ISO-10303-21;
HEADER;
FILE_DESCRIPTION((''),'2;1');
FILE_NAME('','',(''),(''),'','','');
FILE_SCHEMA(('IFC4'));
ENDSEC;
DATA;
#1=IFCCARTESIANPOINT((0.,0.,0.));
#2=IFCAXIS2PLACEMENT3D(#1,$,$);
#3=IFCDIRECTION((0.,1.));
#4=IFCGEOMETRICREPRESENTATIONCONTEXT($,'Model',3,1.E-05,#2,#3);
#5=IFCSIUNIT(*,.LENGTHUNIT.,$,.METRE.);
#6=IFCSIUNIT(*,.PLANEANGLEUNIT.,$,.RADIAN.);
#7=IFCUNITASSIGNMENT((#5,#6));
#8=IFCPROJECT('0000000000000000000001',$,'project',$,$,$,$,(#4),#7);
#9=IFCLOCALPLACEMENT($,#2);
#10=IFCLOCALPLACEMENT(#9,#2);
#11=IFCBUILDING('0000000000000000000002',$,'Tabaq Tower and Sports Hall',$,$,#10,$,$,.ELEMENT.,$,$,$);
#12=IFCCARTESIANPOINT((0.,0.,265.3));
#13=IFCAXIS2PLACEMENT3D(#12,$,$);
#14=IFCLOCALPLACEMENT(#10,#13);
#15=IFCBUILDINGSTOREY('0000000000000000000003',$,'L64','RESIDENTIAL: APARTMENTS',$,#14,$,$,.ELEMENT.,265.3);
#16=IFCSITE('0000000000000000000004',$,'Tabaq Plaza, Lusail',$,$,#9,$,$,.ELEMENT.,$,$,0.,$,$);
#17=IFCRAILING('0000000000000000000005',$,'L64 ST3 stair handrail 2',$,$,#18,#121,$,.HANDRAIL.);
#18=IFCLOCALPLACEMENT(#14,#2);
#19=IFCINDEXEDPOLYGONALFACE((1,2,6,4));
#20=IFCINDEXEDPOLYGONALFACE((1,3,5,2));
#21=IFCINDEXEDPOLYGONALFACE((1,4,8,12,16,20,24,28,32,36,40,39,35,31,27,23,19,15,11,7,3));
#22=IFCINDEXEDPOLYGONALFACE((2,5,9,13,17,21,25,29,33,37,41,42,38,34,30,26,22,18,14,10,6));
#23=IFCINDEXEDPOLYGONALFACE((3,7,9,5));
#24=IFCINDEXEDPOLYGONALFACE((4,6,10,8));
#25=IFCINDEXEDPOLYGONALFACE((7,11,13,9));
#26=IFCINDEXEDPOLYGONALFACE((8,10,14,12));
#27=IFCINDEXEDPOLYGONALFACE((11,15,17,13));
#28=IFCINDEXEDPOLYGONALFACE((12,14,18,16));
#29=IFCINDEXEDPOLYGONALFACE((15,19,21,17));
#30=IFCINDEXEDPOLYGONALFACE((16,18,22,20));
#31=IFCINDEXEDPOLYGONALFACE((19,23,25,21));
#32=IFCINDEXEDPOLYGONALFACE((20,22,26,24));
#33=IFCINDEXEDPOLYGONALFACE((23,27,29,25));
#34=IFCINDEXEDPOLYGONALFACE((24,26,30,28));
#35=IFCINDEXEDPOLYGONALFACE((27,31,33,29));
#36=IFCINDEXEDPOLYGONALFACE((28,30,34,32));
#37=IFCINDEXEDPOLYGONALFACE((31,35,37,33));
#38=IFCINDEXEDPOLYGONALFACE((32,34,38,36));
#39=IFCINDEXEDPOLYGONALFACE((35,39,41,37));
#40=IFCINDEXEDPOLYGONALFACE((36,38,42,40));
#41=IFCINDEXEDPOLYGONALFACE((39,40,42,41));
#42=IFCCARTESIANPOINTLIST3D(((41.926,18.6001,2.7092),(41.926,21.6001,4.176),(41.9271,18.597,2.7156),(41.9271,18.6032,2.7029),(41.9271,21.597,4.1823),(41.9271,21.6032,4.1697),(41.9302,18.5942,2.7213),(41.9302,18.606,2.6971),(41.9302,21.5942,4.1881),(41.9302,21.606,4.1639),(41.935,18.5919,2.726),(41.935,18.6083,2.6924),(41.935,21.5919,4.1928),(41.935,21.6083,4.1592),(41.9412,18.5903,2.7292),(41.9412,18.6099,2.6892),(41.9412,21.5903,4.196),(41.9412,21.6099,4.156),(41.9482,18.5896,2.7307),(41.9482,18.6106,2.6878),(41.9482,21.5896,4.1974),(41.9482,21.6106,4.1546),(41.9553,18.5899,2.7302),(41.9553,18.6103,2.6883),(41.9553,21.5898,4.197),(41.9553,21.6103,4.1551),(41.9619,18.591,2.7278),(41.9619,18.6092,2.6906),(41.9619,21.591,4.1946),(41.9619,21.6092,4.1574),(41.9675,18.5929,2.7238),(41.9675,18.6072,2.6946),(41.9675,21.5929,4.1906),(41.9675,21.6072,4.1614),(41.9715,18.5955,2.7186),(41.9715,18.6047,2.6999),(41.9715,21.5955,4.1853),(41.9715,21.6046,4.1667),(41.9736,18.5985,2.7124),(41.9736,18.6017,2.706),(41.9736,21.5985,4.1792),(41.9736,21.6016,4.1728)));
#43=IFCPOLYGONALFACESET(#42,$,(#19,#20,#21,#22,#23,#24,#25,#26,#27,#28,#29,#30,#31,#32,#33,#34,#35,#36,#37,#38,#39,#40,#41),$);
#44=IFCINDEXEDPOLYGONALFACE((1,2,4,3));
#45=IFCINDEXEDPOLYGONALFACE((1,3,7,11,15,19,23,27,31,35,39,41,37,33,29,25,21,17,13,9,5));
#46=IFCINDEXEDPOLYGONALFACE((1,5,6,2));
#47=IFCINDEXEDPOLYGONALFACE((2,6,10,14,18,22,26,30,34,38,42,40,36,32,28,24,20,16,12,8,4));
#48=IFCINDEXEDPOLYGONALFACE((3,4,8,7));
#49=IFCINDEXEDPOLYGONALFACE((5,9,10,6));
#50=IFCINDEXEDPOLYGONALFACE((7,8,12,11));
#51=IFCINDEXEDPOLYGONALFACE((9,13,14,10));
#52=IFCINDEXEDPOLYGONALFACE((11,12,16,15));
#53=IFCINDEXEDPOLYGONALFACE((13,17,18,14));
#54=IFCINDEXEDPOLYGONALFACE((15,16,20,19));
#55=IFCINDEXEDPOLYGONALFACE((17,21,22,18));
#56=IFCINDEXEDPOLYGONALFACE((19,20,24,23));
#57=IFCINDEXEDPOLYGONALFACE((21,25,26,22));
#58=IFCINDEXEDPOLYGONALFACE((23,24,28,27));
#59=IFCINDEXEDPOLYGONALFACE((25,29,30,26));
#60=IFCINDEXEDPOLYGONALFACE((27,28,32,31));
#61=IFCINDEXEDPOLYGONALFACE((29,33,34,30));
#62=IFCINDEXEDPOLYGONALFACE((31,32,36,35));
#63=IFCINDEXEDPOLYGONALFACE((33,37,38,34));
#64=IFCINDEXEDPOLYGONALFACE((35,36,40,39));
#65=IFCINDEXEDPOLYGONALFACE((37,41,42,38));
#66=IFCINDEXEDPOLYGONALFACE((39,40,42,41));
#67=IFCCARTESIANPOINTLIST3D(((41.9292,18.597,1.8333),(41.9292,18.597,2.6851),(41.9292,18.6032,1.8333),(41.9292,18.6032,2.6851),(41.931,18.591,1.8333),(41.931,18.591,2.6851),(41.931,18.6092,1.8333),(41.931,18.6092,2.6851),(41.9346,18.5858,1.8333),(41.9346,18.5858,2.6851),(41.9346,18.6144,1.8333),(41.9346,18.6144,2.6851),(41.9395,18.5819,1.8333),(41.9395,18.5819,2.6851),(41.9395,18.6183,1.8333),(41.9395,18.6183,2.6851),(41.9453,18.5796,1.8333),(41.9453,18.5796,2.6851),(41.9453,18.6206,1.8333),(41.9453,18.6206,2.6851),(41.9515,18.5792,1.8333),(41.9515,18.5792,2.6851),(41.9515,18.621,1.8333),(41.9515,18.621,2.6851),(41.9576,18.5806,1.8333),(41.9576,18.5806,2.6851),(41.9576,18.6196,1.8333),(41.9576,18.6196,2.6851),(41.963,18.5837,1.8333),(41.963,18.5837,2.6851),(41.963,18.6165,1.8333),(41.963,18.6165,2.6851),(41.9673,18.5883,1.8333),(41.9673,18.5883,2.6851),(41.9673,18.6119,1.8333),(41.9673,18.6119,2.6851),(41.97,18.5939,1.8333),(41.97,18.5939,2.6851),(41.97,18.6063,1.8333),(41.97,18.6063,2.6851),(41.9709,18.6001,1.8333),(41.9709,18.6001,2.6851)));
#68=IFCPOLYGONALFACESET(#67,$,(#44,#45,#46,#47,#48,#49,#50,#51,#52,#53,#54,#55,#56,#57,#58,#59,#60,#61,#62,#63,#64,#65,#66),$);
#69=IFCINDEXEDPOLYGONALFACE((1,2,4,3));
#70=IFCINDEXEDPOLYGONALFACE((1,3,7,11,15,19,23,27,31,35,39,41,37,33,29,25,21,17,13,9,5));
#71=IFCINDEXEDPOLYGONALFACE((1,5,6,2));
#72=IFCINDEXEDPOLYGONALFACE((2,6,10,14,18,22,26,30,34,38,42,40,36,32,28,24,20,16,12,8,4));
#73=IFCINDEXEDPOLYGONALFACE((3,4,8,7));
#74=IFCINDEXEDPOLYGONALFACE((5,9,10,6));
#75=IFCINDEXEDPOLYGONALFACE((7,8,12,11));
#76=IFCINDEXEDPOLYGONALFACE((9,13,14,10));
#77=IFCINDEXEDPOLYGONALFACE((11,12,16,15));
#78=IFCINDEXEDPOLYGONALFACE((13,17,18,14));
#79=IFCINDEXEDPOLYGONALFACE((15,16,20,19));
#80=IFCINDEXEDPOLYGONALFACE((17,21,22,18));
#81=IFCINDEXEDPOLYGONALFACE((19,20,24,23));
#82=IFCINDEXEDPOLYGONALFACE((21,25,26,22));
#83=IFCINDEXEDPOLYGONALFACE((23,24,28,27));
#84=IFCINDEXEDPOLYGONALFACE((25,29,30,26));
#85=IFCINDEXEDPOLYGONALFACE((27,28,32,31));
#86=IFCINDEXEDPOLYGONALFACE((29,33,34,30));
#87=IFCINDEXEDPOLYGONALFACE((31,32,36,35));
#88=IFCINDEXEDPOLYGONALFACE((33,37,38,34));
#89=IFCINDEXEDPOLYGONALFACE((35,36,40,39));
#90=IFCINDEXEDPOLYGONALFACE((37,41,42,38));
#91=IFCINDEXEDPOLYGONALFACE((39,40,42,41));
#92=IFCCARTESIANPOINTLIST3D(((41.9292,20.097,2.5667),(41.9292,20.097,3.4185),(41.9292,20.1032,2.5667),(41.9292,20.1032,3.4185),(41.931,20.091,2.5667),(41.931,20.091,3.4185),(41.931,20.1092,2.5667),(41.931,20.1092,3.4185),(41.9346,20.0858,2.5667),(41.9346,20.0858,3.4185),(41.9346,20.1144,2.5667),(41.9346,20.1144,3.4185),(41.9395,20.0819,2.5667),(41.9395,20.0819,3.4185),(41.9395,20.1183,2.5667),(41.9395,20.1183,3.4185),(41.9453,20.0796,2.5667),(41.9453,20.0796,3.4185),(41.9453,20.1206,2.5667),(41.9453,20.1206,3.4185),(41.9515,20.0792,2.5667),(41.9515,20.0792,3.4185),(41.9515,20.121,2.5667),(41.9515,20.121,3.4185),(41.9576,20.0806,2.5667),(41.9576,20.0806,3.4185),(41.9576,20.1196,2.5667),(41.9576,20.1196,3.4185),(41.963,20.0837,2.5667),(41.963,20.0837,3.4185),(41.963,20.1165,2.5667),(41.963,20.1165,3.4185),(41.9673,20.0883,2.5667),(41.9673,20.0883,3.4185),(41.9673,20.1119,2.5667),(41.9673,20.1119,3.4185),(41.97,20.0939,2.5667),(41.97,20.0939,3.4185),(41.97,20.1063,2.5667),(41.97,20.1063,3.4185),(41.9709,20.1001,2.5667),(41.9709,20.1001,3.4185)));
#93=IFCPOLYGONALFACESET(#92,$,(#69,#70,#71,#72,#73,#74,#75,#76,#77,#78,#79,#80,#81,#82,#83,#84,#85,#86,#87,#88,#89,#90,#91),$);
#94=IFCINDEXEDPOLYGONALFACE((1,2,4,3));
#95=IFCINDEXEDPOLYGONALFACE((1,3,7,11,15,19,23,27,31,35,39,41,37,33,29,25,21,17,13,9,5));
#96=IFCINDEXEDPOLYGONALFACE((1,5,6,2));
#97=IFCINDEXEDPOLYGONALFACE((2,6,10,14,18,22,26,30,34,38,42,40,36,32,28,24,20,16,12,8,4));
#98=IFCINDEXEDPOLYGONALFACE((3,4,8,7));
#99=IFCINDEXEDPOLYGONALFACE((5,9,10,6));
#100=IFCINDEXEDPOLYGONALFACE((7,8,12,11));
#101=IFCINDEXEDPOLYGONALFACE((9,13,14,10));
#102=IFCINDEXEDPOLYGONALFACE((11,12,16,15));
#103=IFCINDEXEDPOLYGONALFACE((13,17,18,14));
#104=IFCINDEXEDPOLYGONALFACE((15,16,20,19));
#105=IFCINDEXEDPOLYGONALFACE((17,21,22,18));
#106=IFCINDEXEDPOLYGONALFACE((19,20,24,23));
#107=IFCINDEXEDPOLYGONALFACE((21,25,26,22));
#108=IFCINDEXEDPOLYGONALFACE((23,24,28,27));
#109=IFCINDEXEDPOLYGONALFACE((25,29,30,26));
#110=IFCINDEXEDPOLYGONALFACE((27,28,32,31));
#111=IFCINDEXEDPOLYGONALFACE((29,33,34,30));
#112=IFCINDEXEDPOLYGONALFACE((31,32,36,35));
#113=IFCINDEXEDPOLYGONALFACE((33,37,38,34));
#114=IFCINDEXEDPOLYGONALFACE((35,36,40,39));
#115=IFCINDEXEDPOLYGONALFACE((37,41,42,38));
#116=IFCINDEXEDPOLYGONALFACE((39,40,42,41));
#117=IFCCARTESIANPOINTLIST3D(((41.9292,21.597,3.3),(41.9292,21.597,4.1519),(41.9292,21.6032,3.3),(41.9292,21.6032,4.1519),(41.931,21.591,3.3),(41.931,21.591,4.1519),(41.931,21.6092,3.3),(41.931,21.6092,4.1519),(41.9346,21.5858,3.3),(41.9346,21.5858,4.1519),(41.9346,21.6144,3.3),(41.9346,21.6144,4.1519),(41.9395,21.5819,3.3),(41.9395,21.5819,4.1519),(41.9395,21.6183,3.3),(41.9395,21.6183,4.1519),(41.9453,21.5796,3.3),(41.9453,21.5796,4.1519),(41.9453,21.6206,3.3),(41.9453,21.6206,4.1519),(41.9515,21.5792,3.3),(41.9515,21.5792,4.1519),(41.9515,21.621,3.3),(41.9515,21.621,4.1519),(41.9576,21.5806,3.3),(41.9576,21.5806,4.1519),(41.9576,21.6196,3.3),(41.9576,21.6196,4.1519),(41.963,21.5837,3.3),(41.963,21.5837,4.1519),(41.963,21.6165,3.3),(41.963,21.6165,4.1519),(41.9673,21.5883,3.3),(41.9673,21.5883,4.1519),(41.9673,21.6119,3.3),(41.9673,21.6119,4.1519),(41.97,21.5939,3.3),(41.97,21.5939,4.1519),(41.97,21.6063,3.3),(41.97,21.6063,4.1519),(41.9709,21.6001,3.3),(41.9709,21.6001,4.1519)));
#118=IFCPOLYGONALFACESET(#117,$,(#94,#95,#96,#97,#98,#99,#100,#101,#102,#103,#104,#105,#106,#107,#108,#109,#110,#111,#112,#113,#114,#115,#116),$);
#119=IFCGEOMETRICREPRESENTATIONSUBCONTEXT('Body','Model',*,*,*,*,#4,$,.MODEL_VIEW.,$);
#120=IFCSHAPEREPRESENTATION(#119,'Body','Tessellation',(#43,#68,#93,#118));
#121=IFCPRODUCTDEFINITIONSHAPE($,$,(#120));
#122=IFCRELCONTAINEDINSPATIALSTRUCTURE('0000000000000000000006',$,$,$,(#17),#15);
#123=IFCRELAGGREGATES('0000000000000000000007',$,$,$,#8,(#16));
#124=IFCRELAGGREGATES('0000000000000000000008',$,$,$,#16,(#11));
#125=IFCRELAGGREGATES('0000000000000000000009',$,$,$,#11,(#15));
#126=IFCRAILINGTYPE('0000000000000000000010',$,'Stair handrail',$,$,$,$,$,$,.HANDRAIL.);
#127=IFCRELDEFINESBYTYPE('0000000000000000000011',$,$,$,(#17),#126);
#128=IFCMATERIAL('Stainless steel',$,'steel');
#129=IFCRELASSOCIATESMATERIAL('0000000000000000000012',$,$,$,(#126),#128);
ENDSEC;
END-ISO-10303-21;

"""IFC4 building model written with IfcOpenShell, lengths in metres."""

from ifc_helpers import new_model, si_unit, direction, frame, origin, origin_2d, place, context, subcontext, project, spatial, circle, extrude, material, type_object, element, save


model = new_model("IFC4")

# Units and contexts
model_context = context("Model", 3, precision=1e-05, world=origin(), true_north=direction((0.0, 1.0)))
body_context = subcontext(model_context, "Body", "Model", "MODEL_VIEW")
ifc_project = project(units=[si_unit("LENGTHUNIT", "METRE"), si_unit("PLANEANGLEUNIT", "RADIAN")], contexts=[model_context])

# Site, building, storey
site_placement = place(None, origin())
site = spatial("IfcSite", under=ifc_project, at=site_placement, Name="Tabaq Plaza, Lusail", CompositionType="ELEMENT", RefElevation=0.0)
building_placement = place(site_placement, origin())
building = spatial("IfcBuilding", under=site, at=building_placement, Name="Tabaq Tower and Sports Hall", CompositionType="ELEMENT")
storey_placement = place(building_placement, frame((0.0, 0.0, 265.3)))
storey = spatial("IfcBuildingStorey", under=building, at=storey_placement, Name="L64", Description="RESIDENTIAL: APARTMENTS", CompositionType="ELEMENT", Elevation=265.3)

# Railing
ifc_material_1 = material(Name="Stainless steel", Category="steel")
railing_type = type_object("IfcRailingType", Name="Stair handrail", PredefinedType="HANDRAIL", material=ifc_material_1)
railing_placement = place(storey_placement, frame((41.95, 18.6001, 1.8333)))
element("IfcRailing", 1, at=railing_placement, inside=storey, type_object=railing_type, Name="L64 ST3 stair handrail 2", PredefinedType="HANDRAIL", context=body_context, shape_type="SweptSolid", body=[
    extrude(circle(Radius=0.0239, at=origin_2d()), frame((0.0, 0.0, 0.876), z_axis=(0.0, 0.898369, 0.439242), x_axis=(-1.0, 0.0, 0.0)), (0.0, 0.0, 1.0), 3.3394),
    extrude(circle(Radius=0.021, at=origin_2d()), origin(), (0.0, 0.0, 1.0), 0.8518),
    extrude(circle(Radius=0.021, at=origin_2d()), frame((0.0, 1.5, 0.7334)), (0.0, 0.0, 1.0), 0.8518),
    extrude(circle(Radius=0.021, at=origin_2d()), frame((0.0, 3.0, 1.4668)), (0.0, 0.0, 1.0), 0.8518),
])

save(model, "model.ifc")
